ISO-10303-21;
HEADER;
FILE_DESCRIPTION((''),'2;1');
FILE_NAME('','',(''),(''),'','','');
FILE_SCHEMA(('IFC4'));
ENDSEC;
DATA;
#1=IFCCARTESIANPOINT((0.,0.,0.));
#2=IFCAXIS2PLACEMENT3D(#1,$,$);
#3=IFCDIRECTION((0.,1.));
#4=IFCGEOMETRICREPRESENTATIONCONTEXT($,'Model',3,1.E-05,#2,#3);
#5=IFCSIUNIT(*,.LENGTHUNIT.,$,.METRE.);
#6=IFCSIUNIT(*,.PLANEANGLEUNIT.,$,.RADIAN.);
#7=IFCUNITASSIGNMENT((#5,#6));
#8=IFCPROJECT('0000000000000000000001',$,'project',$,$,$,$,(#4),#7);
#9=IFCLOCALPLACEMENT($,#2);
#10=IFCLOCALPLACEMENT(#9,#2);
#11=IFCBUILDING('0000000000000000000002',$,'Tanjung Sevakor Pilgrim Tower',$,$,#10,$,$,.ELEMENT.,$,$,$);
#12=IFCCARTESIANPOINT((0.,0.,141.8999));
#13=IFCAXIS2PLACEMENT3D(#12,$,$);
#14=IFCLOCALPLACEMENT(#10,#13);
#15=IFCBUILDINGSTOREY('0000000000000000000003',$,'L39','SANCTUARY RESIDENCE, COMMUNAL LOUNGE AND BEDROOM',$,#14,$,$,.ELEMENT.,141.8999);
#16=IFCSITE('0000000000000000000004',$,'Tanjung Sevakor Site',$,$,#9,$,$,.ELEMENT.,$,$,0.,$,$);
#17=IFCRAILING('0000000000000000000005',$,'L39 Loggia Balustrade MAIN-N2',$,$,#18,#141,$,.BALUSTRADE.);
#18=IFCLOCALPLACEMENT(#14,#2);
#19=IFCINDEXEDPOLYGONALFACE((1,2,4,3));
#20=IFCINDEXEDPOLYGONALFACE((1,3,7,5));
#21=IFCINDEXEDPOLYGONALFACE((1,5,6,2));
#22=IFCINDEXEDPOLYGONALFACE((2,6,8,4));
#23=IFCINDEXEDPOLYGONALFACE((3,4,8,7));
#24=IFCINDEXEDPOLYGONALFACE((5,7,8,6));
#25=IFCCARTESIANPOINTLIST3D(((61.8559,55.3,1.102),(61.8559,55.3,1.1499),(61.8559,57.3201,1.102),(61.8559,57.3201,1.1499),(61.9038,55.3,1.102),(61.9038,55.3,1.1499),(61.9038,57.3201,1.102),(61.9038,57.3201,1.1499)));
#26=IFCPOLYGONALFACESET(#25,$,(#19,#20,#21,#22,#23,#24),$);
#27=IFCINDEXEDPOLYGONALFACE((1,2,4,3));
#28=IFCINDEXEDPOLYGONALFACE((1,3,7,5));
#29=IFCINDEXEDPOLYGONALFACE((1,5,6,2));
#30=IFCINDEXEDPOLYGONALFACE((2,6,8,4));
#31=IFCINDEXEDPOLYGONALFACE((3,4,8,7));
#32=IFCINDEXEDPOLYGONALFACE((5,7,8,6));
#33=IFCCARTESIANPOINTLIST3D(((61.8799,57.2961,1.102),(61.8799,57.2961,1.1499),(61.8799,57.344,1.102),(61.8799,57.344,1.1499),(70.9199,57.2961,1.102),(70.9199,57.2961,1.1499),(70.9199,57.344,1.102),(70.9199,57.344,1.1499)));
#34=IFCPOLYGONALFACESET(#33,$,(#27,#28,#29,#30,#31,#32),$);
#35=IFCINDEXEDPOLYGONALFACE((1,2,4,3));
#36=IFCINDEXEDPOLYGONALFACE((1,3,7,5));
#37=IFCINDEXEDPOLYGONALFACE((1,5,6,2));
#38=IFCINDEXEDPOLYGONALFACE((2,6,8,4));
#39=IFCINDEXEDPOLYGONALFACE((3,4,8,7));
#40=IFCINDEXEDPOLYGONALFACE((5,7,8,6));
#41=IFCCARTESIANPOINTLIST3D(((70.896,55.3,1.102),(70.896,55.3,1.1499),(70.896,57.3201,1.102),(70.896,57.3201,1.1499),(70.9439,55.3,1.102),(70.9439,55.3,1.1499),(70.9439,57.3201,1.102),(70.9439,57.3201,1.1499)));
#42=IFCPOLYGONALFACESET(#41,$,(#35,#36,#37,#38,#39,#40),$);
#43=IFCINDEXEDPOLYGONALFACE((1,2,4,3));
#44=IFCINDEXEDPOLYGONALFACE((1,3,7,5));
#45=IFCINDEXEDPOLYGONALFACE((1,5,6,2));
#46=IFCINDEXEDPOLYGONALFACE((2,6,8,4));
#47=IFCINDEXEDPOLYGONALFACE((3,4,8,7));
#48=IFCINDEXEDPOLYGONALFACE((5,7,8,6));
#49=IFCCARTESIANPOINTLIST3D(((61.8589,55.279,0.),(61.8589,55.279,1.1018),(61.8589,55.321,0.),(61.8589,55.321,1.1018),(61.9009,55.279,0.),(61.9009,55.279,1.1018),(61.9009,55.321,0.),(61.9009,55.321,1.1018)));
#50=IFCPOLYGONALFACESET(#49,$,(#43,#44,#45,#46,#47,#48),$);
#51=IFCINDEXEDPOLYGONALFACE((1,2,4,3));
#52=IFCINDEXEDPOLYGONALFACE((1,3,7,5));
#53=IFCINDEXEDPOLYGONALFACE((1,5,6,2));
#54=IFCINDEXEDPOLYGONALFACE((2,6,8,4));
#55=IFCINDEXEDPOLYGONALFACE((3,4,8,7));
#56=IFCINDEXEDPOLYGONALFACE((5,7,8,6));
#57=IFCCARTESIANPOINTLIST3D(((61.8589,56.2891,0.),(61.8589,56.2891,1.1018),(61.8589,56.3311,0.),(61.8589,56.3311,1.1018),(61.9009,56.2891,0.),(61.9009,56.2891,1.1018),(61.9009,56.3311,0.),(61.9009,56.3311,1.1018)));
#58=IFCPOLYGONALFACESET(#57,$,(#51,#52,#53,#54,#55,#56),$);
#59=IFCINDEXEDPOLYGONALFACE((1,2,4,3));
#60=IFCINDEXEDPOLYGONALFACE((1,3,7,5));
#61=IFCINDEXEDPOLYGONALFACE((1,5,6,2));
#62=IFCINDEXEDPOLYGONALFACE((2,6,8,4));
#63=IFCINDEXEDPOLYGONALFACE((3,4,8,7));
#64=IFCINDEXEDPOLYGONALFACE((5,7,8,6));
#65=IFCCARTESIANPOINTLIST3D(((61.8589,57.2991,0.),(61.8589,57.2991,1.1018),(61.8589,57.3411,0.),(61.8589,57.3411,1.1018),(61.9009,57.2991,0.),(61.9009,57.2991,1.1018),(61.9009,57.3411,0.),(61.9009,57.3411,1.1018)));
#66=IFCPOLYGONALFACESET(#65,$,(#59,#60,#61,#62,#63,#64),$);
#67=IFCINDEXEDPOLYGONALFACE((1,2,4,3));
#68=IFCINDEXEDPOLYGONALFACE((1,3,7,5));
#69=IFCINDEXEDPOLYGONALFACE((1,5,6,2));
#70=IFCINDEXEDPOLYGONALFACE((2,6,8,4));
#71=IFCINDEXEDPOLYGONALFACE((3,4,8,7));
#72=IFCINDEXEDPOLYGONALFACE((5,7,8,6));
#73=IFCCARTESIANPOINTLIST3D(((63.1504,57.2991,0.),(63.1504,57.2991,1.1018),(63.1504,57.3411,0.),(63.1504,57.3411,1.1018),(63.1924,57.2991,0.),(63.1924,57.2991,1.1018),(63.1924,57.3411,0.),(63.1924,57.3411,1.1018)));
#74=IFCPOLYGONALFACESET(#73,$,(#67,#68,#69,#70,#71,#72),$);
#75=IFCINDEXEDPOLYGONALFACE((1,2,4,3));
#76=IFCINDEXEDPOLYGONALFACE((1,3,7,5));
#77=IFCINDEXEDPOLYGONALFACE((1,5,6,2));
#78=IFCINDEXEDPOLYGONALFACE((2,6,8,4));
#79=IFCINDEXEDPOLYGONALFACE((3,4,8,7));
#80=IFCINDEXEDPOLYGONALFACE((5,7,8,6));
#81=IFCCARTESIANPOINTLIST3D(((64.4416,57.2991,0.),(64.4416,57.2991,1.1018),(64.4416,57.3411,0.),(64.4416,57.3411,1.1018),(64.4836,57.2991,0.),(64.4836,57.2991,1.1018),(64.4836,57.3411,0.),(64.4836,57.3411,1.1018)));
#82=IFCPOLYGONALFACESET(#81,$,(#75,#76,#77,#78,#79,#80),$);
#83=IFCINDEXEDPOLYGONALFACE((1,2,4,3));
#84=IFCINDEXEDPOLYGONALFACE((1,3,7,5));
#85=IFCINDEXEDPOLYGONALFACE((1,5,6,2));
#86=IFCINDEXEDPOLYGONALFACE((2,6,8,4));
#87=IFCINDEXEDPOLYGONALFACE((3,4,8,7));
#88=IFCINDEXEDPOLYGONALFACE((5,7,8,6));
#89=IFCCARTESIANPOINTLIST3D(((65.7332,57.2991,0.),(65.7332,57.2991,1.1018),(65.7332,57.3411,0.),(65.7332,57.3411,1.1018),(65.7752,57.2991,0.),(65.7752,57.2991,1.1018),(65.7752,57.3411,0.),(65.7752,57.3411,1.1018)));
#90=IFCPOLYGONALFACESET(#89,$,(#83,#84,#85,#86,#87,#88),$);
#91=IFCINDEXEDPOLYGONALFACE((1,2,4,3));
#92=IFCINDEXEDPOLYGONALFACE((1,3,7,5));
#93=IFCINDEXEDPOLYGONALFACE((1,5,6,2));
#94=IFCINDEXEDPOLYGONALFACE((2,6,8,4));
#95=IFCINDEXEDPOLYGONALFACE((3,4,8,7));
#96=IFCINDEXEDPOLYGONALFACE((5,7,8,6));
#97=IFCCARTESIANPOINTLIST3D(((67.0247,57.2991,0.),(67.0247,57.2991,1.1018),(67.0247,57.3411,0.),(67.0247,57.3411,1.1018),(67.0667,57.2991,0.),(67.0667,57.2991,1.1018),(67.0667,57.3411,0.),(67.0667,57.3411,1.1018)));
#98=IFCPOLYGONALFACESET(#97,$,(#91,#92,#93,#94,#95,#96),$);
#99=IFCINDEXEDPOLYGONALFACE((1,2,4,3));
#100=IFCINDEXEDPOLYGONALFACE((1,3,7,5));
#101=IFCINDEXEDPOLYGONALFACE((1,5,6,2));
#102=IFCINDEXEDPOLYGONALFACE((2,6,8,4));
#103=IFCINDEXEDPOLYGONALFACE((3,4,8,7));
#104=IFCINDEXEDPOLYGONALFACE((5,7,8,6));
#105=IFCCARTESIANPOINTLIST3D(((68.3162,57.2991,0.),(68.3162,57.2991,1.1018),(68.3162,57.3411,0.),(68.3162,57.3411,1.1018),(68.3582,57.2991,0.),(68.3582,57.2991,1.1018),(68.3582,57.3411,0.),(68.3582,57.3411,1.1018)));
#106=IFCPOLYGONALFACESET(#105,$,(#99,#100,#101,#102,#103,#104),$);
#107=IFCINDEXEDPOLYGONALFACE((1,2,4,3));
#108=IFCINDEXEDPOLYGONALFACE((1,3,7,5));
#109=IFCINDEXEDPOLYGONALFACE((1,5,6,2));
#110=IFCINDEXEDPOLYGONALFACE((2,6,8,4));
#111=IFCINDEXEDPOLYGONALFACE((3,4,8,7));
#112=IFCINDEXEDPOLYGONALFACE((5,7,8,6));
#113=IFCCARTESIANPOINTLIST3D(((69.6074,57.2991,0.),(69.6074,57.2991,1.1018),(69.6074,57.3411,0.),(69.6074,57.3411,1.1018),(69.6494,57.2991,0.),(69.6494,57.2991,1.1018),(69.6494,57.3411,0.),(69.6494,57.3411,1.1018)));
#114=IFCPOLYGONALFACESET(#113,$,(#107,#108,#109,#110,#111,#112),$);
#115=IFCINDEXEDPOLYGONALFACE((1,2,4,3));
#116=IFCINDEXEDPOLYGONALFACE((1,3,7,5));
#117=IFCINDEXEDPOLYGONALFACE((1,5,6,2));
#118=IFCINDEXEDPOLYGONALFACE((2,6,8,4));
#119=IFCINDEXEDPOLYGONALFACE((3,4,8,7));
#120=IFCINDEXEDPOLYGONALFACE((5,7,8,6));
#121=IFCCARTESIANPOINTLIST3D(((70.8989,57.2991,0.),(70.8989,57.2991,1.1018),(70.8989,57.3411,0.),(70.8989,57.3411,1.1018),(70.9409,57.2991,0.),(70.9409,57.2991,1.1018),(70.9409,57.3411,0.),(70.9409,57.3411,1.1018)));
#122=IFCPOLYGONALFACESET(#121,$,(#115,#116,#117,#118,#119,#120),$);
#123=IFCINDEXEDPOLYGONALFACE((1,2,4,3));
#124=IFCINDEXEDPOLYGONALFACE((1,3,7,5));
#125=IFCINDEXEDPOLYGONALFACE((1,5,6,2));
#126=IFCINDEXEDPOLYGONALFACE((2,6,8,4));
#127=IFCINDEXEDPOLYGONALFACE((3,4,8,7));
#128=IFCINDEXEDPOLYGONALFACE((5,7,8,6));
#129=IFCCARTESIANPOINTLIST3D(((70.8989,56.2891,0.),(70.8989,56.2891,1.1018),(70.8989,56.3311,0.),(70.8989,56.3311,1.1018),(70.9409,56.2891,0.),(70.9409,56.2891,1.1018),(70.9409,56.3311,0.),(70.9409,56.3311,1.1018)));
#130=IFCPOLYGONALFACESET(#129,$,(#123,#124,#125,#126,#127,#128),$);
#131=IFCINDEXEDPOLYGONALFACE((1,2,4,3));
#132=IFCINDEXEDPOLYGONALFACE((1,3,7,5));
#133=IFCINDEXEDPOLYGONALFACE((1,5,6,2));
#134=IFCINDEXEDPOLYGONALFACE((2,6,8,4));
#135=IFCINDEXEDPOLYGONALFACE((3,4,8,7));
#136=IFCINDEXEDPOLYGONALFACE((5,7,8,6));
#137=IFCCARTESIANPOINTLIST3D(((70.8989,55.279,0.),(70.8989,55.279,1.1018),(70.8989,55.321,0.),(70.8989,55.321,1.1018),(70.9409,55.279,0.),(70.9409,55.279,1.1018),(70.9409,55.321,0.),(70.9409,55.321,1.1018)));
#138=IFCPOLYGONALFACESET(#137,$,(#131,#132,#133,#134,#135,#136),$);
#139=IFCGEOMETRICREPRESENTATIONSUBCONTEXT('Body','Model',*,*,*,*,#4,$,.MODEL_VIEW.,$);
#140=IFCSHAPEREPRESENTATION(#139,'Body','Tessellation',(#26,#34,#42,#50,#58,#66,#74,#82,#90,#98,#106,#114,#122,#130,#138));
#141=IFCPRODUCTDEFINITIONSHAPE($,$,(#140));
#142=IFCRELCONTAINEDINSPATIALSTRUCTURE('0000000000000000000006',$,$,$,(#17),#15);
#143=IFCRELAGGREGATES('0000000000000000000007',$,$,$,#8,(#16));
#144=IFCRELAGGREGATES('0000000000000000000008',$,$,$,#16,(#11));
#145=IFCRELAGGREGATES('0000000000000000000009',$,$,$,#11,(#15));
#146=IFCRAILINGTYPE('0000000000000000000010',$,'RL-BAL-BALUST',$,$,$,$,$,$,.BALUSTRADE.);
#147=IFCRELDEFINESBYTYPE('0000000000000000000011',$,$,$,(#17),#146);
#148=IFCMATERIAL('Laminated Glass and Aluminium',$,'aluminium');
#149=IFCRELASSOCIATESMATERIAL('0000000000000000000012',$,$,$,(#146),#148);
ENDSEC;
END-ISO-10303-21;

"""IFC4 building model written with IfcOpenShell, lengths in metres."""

from ifc_helpers import new_model, si_unit, direction, frame, origin, place, context, subcontext, project, spatial, rectangle, extrude, material, type_object, element, save


model = new_model("IFC4")

# Units and contexts
model_context = context("Model", 3, precision=1e-05, world=origin(), true_north=direction((0.0, 1.0)))
body_context = subcontext(model_context, "Body", "Model", "MODEL_VIEW")
ifc_project = project(units=[si_unit("LENGTHUNIT", "METRE"), si_unit("PLANEANGLEUNIT", "RADIAN")], contexts=[model_context])

# Site, building, storey
site_placement = place(None, origin())
site = spatial("IfcSite", under=ifc_project, at=site_placement, Name="Tanjung Sevakor Site", CompositionType="ELEMENT", RefElevation=0.0)
building_placement = place(site_placement, origin())
building = spatial("IfcBuilding", under=site, at=building_placement, Name="Tanjung Sevakor Pilgrim Tower", CompositionType="ELEMENT")
storey_placement = place(building_placement, frame((0.0, 0.0, 141.8999)))
storey = spatial("IfcBuildingStorey", under=building, at=storey_placement, Name="L39", Description="SANCTUARY RESIDENCE, COMMUNAL LOUNGE AND BEDROOM", CompositionType="ELEMENT", Elevation=141.8999)

# Railing
ifc_material_1 = material(Name="Laminated Glass and Aluminium", Category="aluminium")
railing_type = type_object("IfcRailingType", Name="RL-BAL-BALUST", PredefinedType="BALUSTRADE", material=ifc_material_1)
railing_placement = place(storey_placement, frame((61.8799, 55.3, 0.0)))
element("IfcRailing", 1, at=railing_placement, inside=storey, type_object=railing_type, Name="L39 Loggia Balustrade MAIN-N2", PredefinedType="BALUSTRADE", context=body_context, shape_type="SweptSolid", body=[
    extrude(rectangle(XDim=0.0479, YDim=0.0479), frame((0.0, 0.0, 1.126), z_axis=(0.0, 1.0, 0.0), x_axis=(-1.0, 0.0, 0.0)), (0.0, 0.0, 1.0), 2.02),
    extrude(rectangle(XDim=0.0479, YDim=0.0479), frame((0.0, 2.02, 1.126), z_axis=(1.0, 0.0, 0.0), x_axis=(0.0, 1.0, 0.0)), (0.0, 0.0, 1.0), 9.04),
    extrude(rectangle(XDim=0.0479, YDim=0.0479), frame((9.04, 2.02, 1.126), z_axis=(0.0, -1.0, 0.0), x_axis=(1.0, 0.0, 0.0)), (0.0, 0.0, 1.0), 2.02),
    extrude(rectangle(XDim=0.042, YDim=0.042), origin(), (0.0, 0.0, 1.0), 1.1018),
    extrude(rectangle(XDim=0.042, YDim=0.042), frame((0.0, 1.01, 0.0)), (0.0, 0.0, 1.0), 1.1018),
    extrude(rectangle(XDim=0.042, YDim=0.042), frame((0.0, 2.02, 0.0)), (0.0, 0.0, 1.0), 1.1018),
    extrude(rectangle(XDim=0.042, YDim=0.042), frame((1.2915, 2.02, 0.0)), (0.0, 0.0, 1.0), 1.1018),
    extrude(rectangle(XDim=0.042, YDim=0.042), frame((2.5828, 2.02, 0.0)), (0.0, 0.0, 1.0), 1.1018),
    extrude(rectangle(XDim=0.042, YDim=0.042), frame((3.8743, 2.02, 0.0)), (0.0, 0.0, 1.0), 1.1018),
    extrude(rectangle(XDim=0.042, YDim=0.042), frame((5.1658, 2.02, 0.0)), (0.0, 0.0, 1.0), 1.1018),
    extrude(rectangle(XDim=0.042, YDim=0.042), frame((6.4573, 2.02, 0.0)), (0.0, 0.0, 1.0), 1.1018),
    extrude(rectangle(XDim=0.042, YDim=0.042), frame((7.7485, 2.02, 0.0)), (0.0, 0.0, 1.0), 1.1018),
    extrude(rectangle(XDim=0.042, YDim=0.042), frame((9.04, 2.02, 0.0)), (0.0, 0.0, 1.0), 1.1018),
    extrude(rectangle(XDim=0.042, YDim=0.042), frame((9.04, 1.01, 0.0)), (0.0, 0.0, 1.0), 1.1018),
    extrude(rectangle(XDim=0.042, YDim=0.042), frame((9.04, 0.0, 0.0)), (0.0, 0.0, 1.0), 1.1018),
])

save(model, "model.ifc")
